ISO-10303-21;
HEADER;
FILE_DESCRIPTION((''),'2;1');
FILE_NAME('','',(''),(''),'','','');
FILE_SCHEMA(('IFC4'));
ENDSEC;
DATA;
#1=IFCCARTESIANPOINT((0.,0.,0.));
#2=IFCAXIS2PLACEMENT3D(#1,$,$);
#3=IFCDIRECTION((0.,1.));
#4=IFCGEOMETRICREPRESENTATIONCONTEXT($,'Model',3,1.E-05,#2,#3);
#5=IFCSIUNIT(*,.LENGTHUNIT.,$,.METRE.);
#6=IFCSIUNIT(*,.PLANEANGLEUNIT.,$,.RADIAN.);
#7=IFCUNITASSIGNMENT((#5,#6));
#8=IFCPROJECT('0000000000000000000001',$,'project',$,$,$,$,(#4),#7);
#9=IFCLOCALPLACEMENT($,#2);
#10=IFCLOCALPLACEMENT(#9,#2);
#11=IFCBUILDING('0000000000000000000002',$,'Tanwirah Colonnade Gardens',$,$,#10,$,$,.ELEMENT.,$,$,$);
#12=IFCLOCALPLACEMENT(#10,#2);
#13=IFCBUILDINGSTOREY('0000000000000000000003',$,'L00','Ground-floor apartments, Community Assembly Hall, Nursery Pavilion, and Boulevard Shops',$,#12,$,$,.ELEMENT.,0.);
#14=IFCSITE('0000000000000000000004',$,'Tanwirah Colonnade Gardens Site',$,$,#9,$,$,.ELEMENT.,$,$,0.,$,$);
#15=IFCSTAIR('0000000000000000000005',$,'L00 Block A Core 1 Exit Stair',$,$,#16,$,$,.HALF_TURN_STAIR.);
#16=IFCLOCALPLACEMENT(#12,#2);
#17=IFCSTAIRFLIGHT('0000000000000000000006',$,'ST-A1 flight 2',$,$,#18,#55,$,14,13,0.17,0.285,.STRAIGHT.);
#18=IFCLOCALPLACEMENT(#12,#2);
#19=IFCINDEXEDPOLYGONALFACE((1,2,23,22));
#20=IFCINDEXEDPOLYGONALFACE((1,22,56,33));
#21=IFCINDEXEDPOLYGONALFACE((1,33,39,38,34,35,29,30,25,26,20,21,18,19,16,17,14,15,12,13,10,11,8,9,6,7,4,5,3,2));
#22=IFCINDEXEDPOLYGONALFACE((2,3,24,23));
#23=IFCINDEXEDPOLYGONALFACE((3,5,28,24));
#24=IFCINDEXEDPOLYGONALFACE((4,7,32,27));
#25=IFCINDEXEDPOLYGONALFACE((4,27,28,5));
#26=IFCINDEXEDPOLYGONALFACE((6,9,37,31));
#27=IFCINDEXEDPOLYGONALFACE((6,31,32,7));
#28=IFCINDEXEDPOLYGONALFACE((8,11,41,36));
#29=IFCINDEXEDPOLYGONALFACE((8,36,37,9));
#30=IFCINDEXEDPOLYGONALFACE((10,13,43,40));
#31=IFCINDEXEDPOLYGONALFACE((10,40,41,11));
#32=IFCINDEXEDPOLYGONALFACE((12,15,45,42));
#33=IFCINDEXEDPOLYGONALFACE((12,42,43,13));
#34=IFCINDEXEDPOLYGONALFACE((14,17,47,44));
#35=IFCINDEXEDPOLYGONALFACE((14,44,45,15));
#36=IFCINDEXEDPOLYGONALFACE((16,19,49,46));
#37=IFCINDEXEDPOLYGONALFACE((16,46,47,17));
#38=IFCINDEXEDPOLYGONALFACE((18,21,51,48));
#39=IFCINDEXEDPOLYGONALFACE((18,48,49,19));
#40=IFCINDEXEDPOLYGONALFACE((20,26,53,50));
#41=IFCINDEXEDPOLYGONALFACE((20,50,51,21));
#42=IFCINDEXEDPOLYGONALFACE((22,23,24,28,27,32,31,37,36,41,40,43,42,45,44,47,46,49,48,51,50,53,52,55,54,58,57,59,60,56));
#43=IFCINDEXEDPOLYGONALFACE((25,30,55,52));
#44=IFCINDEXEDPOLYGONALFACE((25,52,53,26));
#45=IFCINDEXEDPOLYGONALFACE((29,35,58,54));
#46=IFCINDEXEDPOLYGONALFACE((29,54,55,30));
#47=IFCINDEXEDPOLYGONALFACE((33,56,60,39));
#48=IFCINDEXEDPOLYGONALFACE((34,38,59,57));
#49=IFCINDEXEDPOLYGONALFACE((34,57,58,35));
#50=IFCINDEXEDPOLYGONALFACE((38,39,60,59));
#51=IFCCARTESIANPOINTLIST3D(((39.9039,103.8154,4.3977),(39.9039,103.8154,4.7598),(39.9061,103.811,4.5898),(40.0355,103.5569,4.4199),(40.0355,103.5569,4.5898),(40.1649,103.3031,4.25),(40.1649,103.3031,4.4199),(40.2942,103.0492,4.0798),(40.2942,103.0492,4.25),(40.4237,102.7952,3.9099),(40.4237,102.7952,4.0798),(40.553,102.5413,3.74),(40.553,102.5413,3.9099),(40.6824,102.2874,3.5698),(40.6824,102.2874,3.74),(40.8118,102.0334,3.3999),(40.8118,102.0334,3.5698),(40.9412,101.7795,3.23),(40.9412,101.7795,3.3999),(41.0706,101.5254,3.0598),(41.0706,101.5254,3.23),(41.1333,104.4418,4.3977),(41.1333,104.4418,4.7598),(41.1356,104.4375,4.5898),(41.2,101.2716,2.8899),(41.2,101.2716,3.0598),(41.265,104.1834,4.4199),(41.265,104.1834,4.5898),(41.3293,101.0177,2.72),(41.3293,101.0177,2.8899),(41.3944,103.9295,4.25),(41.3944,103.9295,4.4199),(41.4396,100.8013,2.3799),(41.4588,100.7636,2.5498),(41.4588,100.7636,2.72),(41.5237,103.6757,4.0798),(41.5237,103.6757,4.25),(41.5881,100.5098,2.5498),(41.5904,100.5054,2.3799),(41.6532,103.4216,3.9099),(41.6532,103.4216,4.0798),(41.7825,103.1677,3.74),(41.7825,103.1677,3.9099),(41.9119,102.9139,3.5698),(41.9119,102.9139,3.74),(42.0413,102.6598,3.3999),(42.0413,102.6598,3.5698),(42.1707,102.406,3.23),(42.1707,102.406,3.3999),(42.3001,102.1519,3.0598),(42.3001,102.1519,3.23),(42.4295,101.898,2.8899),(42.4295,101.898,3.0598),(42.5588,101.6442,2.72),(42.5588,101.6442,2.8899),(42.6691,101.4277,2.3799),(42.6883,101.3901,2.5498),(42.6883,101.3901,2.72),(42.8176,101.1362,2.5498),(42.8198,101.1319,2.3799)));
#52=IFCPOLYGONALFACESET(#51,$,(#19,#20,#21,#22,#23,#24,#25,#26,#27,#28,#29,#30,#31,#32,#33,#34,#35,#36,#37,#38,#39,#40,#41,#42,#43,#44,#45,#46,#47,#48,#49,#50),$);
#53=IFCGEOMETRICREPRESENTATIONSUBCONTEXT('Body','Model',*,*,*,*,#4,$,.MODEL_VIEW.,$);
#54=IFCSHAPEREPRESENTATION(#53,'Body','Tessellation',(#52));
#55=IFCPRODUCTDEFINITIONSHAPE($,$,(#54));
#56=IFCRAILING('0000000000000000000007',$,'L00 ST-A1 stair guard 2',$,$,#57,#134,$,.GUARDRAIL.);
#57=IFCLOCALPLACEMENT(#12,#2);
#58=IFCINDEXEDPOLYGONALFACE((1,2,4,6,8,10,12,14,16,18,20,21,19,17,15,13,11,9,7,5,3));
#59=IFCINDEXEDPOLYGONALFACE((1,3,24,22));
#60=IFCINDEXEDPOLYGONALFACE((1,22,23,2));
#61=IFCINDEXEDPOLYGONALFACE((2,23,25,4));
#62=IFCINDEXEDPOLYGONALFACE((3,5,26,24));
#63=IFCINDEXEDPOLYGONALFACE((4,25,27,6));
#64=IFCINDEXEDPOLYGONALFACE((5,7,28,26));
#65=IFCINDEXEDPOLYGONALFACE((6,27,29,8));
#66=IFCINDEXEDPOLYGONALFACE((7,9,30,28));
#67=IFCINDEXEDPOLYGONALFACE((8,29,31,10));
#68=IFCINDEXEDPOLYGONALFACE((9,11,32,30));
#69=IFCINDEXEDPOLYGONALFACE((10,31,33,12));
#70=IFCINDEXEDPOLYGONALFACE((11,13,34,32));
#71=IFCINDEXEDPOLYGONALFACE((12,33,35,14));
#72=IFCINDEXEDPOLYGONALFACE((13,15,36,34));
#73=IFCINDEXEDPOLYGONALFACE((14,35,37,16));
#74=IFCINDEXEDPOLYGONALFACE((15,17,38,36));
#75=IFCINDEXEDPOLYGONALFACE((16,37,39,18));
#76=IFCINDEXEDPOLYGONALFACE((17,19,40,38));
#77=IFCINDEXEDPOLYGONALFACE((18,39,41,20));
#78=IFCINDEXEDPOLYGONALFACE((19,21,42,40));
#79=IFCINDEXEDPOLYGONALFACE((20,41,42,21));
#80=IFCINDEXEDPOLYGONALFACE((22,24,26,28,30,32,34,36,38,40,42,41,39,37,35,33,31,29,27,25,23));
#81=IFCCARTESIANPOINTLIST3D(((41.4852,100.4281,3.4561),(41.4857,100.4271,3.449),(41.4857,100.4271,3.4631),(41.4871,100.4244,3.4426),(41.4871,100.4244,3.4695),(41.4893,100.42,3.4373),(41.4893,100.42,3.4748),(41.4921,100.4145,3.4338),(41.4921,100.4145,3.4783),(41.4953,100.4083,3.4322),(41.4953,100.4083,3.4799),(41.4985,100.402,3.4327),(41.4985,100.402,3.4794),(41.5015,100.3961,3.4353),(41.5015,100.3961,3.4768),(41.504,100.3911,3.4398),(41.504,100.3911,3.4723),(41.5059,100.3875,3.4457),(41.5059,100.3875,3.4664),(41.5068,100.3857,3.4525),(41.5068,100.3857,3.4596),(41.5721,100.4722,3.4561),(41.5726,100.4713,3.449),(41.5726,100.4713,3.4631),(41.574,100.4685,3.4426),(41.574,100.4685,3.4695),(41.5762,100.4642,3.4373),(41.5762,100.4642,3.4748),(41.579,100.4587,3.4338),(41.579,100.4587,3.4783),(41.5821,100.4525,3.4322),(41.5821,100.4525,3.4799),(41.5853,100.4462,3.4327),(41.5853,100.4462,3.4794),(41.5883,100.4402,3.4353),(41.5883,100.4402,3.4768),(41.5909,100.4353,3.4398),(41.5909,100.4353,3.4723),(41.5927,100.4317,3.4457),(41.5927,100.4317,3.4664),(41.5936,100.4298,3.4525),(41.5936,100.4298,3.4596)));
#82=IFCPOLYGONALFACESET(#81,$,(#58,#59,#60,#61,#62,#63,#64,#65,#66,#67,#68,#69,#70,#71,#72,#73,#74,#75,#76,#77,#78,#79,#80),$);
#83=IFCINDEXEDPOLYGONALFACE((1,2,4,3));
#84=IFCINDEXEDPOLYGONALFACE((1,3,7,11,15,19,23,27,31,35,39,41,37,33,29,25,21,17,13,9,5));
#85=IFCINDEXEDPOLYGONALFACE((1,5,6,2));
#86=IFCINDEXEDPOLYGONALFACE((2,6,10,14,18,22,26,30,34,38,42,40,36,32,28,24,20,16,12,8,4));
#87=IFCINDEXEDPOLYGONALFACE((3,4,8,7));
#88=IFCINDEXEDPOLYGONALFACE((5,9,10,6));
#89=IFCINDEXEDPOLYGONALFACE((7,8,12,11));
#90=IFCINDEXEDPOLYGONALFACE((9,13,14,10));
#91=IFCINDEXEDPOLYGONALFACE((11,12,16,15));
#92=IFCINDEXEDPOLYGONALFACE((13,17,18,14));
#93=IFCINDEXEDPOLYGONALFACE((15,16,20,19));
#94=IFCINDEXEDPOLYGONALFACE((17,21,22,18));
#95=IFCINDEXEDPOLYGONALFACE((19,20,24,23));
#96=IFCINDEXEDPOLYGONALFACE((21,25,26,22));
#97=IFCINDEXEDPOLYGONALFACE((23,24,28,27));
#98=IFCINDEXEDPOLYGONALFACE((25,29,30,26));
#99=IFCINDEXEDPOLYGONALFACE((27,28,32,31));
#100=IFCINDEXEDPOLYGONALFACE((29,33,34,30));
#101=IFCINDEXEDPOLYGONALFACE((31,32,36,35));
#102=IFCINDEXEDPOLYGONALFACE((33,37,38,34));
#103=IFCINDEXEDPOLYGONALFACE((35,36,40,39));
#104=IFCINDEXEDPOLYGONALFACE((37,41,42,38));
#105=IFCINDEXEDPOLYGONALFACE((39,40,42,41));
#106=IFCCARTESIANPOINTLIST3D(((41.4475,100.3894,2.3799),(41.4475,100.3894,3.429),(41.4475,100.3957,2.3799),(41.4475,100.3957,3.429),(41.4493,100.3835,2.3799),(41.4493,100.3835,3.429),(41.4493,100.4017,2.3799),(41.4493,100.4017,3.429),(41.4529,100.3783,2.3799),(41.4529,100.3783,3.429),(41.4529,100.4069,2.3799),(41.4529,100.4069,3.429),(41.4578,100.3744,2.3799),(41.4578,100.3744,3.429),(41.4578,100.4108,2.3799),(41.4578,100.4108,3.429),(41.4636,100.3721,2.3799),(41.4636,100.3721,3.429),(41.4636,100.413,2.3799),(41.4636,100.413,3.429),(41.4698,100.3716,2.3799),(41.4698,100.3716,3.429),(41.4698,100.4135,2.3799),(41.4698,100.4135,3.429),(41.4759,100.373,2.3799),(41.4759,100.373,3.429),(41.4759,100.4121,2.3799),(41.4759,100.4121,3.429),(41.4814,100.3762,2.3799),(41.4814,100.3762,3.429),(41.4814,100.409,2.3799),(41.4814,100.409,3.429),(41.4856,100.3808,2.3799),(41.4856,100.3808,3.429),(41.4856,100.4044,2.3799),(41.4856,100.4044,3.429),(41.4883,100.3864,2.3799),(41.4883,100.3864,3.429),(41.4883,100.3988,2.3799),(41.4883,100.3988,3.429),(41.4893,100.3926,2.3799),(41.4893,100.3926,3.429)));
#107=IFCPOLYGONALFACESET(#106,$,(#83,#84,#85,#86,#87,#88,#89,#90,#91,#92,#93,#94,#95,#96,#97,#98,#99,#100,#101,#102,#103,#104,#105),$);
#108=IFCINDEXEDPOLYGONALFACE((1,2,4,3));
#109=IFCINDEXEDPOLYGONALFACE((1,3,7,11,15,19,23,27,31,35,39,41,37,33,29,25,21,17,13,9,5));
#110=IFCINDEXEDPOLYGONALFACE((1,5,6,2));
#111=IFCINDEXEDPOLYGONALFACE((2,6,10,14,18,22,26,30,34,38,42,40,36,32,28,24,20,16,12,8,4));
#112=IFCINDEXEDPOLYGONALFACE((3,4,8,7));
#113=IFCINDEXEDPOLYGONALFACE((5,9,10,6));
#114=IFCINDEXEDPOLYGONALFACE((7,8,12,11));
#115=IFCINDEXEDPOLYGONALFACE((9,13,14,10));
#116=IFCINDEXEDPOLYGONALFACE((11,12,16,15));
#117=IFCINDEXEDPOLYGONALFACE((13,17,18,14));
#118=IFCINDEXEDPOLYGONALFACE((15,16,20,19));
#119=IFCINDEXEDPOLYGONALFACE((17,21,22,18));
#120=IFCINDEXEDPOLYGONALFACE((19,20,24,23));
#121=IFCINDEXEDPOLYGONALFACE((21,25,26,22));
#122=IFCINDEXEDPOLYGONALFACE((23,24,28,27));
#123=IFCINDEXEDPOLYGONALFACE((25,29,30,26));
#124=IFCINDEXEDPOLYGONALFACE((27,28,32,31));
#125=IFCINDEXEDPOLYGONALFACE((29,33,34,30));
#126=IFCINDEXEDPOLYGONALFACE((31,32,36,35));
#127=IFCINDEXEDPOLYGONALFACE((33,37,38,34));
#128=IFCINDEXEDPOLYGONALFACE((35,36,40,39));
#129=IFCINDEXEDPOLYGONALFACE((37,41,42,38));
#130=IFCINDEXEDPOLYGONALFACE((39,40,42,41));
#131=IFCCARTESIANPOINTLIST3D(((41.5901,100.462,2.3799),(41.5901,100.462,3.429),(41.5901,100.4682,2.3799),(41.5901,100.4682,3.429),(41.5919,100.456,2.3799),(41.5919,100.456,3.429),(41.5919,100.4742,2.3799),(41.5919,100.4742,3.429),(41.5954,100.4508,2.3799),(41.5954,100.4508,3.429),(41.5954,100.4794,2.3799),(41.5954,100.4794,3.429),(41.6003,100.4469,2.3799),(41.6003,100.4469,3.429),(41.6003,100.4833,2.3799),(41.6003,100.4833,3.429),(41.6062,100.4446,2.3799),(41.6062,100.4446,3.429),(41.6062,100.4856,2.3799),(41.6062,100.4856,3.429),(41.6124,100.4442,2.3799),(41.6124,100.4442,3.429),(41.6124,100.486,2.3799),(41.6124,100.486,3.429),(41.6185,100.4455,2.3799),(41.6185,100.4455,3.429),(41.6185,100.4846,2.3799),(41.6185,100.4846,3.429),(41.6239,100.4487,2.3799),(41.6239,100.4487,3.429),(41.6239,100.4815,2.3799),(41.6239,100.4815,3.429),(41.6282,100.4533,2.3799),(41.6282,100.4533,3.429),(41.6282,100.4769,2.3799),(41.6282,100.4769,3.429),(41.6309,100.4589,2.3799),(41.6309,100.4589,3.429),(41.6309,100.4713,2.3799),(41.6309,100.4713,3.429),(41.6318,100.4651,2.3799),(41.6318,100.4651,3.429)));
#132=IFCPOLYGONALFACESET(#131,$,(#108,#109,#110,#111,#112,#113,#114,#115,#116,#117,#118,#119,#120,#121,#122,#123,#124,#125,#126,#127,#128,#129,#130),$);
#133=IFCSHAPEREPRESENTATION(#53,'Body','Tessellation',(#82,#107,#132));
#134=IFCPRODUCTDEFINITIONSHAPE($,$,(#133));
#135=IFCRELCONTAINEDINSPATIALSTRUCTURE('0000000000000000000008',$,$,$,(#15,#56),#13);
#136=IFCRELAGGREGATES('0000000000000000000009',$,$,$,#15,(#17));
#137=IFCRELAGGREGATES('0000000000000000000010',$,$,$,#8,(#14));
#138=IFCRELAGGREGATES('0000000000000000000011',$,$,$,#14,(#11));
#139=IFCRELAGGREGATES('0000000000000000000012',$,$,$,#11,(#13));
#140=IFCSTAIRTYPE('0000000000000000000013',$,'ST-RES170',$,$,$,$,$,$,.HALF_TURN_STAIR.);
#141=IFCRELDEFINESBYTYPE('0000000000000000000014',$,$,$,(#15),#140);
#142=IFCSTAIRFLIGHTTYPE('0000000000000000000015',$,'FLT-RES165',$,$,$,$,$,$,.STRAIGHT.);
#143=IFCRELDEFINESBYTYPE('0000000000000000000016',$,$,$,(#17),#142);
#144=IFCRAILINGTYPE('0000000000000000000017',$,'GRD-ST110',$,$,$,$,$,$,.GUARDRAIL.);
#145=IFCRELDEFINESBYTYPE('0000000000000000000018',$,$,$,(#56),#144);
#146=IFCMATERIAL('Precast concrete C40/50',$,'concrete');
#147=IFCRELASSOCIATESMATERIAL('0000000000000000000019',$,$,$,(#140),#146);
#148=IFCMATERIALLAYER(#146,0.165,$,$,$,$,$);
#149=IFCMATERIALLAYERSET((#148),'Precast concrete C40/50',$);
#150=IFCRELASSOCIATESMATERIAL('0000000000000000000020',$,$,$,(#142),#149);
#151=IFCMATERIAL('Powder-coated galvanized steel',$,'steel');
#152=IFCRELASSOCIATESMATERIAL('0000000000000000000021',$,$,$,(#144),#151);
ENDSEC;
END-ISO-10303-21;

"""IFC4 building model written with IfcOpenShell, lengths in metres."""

from ifc_helpers import new_model, si_unit, direction, frame, origin, origin_2d, place, context, subcontext, project, spatial, polyline, circle, outline, extrude, material, layer, layer_set, type_object, element, aggregate, save


model = new_model("IFC4")

# Units and contexts
model_context = context("Model", 3, precision=1e-05, world=origin(), true_north=direction((0.0, 1.0)))
body_context = subcontext(model_context, "Body", "Model", "MODEL_VIEW")
ifc_project = project(units=[si_unit("LENGTHUNIT", "METRE"), si_unit("PLANEANGLEUNIT", "RADIAN")], contexts=[model_context])

# Site, building, storey
site_placement = place(None, origin())
site = spatial("IfcSite", under=ifc_project, at=site_placement, Name="Tanwirah Colonnade Gardens Site", CompositionType="ELEMENT", RefElevation=0.0)
building_placement = place(site_placement, origin())
building = spatial("IfcBuilding", under=site, at=building_placement, Name="Tanwirah Colonnade Gardens", CompositionType="ELEMENT")
storey_placement = place(building_placement, origin())
storey = spatial("IfcBuildingStorey", under=building, at=storey_placement, Name="L00", Description="Ground-floor apartments, Community Assembly Hall, Nursery Pavilion, and Boulevard Shops", CompositionType="ELEMENT", Elevation=0.0)

# Stair, stair flight
ifc_material_1 = material(Name="Precast concrete C40/50", Category="concrete")
stair_type = type_object("IfcStairType", Name="ST-RES170", PredefinedType="HALF_TURN_STAIR", material=ifc_material_1)
stair_placement = place(storey_placement, origin())
stair = element("IfcStair", 1, at=stair_placement, inside=storey, type_object=stair_type, Name="L00 Block A Core 1 Exit Stair", PredefinedType="HALF_TURN_STAIR")
ifc_layer_1 = layer(ifc_material_1, 0.165)
ifc_layer_set_1 = layer_set([ifc_layer_1], Name="Precast concrete C40/50")
stair_flight_type = type_object("IfcStairFlightType", Name="FLT-RES165", PredefinedType="STRAIGHT", material=ifc_layer_set_1)
stair_flight_placement = place(storey_placement, frame((42.2029, 100.823, 2.3799), z_axis=(0.0, 0.0, 1.0), x_axis=(-0.45399, 0.891007, 0.0)))
stair_flight = element("IfcStairFlight", 2, at=stair_flight_placement, type_object=stair_flight_type, Name="ST-A1 flight 2", NumberOfRisers=14, NumberOfTreads=13, PredefinedType="STRAIGHT", RiserHeight=0.17, TreadLength=0.285, context=body_context, shape_type="SweptSolid", body=[
    extrude(outline(polyline([(-0.0049, 0.0), (0.0, 0.1699), (0.2849, 0.1699), (0.2849, 0.3401), (0.5701, 0.3401), (0.5701, 0.51), (0.855, 0.51), (0.855, 0.6799), (1.1399, 0.6799), (1.1399, 0.8501), (1.425, 0.8501), (1.425, 1.02), (1.71, 1.02), (1.71, 1.1899), (1.9951, 1.1899), (1.9951, 1.3601), (2.28, 1.3601), (2.28, 1.53), (2.5649, 1.53), (2.5649, 1.7), (2.8501, 1.7), (2.8501, 1.8701), (3.135, 1.8701), (3.135, 2.04), (3.4199, 2.04), (3.4199, 2.21), (3.7051, 2.21), (3.71, 2.3799), (3.71, 2.0178), (0.3271, 0.0), (-0.0049, 0.0)])), frame((0.0, 0.6899, 0.0), z_axis=(0.0, -1.0, 0.0), x_axis=(1.0, 0.0, 0.0)), (0.0, 0.0, 1.0), 1.3799),
])
aggregate(stair, [stair_flight])

# Railing
ifc_material_2 = material(Name="Powder-coated galvanized steel", Category="steel")
railing_type_1 = type_object("IfcRailingType", Name="GRD-ST110", PredefinedType="GUARDRAIL", material=ifc_material_2)
railing_1_placement = place(storey_placement, frame((41.4683, 100.3926, 2.3799)))
element("IfcRailing", 3, at=railing_1_placement, inside=storey, type_object=railing_type_1, Name="L00 ST-A1 stair guard 2", PredefinedType="GUARDRAIL", context=body_context, shape_type="SweptSolid", body=[
    extrude(circle(Radius=0.0239, at=origin_2d()), frame((0.0278, 0.0142, 1.0762), z_axis=(0.891354, 0.453308, 0.0), x_axis=(-0.453308, 0.891354, 0.0)), (0.0, 0.0, 1.0), 0.0974),
    extrude(circle(Radius=0.021, at=origin_2d()), origin(), (0.0, 0.0, 1.0), 1.0491),
    extrude(circle(Radius=0.021, at=origin_2d()), frame((0.1426, 0.0725, 0.0)), (0.0, 0.0, 1.0), 1.0491),
])

save(model, "model.ifc")
